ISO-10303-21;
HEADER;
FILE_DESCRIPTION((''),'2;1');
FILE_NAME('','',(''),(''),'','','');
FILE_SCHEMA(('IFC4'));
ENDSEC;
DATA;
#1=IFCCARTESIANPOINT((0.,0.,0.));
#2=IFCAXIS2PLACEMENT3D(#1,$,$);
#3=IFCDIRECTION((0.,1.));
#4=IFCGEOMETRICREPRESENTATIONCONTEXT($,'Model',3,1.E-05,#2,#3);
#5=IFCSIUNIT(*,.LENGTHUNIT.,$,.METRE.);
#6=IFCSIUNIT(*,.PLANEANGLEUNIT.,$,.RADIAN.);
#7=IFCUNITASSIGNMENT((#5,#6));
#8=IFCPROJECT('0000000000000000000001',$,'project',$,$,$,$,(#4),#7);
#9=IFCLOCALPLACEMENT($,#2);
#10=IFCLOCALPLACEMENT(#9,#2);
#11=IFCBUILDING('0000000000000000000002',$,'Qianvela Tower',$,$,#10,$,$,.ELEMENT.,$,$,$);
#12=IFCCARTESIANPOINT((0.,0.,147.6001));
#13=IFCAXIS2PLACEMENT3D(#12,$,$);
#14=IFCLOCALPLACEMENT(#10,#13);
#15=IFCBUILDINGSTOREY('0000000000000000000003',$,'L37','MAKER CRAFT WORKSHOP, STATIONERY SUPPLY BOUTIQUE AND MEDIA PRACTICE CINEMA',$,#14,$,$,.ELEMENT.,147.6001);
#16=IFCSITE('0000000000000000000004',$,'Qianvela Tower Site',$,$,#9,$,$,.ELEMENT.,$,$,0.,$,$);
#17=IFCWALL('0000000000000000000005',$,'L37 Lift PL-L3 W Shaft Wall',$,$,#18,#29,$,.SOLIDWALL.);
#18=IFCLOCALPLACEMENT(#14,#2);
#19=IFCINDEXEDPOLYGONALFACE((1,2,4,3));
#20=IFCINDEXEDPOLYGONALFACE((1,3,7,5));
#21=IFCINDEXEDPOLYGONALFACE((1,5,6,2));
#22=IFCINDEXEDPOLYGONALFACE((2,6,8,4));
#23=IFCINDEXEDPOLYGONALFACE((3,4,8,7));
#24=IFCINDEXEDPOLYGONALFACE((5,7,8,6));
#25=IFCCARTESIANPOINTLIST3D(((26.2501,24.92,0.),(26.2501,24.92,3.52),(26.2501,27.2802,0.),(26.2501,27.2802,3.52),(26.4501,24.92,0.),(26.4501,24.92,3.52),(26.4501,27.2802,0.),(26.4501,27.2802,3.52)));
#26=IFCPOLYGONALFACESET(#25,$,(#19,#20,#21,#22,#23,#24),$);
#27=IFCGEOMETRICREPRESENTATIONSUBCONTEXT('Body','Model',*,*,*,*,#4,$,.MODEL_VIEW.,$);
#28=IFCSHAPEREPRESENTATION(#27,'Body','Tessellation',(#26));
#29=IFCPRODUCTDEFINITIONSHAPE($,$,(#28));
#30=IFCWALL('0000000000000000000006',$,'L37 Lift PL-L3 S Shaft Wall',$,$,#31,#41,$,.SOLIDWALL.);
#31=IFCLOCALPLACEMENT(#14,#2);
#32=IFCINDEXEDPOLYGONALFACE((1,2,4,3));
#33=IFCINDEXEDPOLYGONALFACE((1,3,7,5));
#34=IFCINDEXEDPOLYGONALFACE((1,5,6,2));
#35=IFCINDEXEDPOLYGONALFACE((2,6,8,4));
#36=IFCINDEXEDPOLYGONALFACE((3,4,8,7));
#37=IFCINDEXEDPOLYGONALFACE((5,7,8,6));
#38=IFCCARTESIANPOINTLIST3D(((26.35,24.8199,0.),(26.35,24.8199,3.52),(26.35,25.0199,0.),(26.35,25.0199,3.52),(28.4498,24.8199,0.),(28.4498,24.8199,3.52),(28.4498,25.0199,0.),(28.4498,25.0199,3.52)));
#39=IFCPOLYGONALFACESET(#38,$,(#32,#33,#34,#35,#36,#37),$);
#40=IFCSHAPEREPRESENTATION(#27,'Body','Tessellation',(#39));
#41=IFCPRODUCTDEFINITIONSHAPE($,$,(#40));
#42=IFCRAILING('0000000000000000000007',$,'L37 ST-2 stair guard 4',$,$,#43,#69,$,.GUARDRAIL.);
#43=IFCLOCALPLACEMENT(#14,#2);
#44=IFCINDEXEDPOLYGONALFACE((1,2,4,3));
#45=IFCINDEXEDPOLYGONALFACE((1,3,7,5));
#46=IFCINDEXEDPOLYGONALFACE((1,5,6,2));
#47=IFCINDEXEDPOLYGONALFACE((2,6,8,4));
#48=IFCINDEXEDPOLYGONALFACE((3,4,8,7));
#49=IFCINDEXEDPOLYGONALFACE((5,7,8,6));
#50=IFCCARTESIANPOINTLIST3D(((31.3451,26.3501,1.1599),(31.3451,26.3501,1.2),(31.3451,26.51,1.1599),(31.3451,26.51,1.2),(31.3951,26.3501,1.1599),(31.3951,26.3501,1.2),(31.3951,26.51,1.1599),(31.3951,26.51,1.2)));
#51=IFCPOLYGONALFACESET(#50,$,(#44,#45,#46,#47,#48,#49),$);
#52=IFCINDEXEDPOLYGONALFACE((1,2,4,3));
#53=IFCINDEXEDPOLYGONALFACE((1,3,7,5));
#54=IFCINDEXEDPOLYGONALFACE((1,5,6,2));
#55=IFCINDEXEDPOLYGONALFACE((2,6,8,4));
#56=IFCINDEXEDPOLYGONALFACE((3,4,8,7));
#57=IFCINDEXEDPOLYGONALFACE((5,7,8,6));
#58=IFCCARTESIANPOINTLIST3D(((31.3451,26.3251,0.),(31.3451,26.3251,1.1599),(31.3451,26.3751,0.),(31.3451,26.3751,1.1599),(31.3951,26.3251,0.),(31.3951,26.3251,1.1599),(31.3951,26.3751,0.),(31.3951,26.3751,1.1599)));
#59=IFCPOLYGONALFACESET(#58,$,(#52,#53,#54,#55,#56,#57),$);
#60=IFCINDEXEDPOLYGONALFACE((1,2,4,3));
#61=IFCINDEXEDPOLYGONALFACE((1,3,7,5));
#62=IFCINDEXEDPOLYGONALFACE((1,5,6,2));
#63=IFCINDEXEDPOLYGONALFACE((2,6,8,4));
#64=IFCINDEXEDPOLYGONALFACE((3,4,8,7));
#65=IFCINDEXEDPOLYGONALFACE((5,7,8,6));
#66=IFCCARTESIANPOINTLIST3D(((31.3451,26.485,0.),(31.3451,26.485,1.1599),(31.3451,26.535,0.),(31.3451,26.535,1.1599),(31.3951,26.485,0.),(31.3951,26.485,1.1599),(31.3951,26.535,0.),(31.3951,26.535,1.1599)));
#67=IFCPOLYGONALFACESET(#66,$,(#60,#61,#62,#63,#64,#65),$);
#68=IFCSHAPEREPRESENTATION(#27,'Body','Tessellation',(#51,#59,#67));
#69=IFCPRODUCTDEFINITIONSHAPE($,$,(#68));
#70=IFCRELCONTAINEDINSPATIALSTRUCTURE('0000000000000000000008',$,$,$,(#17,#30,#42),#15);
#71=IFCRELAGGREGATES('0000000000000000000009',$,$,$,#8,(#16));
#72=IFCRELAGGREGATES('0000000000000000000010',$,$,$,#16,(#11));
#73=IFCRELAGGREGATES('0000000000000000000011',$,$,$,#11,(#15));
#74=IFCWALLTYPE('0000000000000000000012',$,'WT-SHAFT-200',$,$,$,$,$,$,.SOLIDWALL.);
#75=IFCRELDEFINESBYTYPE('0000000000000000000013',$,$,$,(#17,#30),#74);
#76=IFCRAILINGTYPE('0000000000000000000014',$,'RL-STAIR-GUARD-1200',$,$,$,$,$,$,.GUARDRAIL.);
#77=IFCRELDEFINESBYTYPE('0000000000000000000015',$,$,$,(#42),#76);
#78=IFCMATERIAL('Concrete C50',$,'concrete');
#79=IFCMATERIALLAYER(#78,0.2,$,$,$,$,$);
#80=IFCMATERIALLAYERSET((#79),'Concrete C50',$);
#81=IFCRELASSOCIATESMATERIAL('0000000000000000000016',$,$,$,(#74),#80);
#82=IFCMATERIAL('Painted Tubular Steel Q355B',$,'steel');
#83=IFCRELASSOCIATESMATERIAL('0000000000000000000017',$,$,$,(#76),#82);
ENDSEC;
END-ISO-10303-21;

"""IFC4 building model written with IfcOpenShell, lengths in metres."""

from ifc_helpers import new_model, si_unit, direction, frame, frame_2d, origin, origin_2d, place, context, subcontext, project, spatial, rectangle, extrude, material, layer, layer_set, type_object, element, save


model = new_model("IFC4")

# Units and contexts
model_context = context("Model", 3, precision=1e-05, world=origin(), true_north=direction((0.0, 1.0)))
body_context = subcontext(model_context, "Body", "Model", "MODEL_VIEW")
ifc_project = project(units=[si_unit("LENGTHUNIT", "METRE"), si_unit("PLANEANGLEUNIT", "RADIAN")], contexts=[model_context])

# Site, building, storey
site_placement = place(None, origin())
site = spatial("IfcSite", under=ifc_project, at=site_placement, Name="Qianvela Tower Site", CompositionType="ELEMENT", RefElevation=0.0)
building_placement = place(site_placement, origin())
building = spatial("IfcBuilding", under=site, at=building_placement, Name="Qianvela Tower", CompositionType="ELEMENT")
storey_placement = place(building_placement, frame((0.0, 0.0, 147.6001)))
storey = spatial("IfcBuildingStorey", under=building, at=storey_placement, Name="L37", Description="MAKER CRAFT WORKSHOP, STATIONERY SUPPLY BOUTIQUE AND MEDIA PRACTICE CINEMA", CompositionType="ELEMENT", Elevation=147.6001)

# Walls
ifc_material_1 = material(Name="Concrete C50", Category="concrete")
ifc_layer_1 = layer(ifc_material_1, 0.2)
ifc_layer_set_1 = layer_set([ifc_layer_1], Name="Concrete C50")
wall_type_1 = type_object("IfcWallType", Name="WT-SHAFT-200", PredefinedType="SOLIDWALL", material=ifc_layer_set_1)
for number, where, z_axis, x_axis, name in (
    (1, (26.3501, 24.9199, 0.0), (0.0, 0.0, 1.0), (0.0, 1.0, 0.0), "L37 Lift PL-L3 W Shaft Wall"),
):
    element("IfcWall", number, at=place(storey_placement, frame(where, z_axis=z_axis, x_axis=x_axis)), inside=storey, type_object=wall_type_1, Name=name, PredefinedType="SOLIDWALL", context=body_context, shape_type="SweptSolid", body=[
        extrude(rectangle(XDim=2.3601, YDim=0.2, at=frame_2d((1.1802, 0.0))), origin(), (0.0, 0.0, 1.0), 3.52),
    ])
wall_1_placement = place(storey_placement, frame((26.3501, 24.9199, 0.0), z_axis=(0.0, 0.0, 1.0), x_axis=(1.0, 0.0, 0.0)))
element("IfcWall", 2, at=wall_1_placement, inside=storey, type_object=wall_type_1, Name="L37 Lift PL-L3 S Shaft Wall", PredefinedType="SOLIDWALL", context=body_context, shape_type="SweptSolid", body=[
    extrude(rectangle(XDim=2.0999, YDim=0.2, at=frame_2d((1.0498, 0.0))), origin(), (0.0, 0.0, 1.0), 3.52),
])

# Railing
ifc_material_2 = material(Name="Painted Tubular Steel Q355B", Category="steel")
railing_type = type_object("IfcRailingType", Name="RL-STAIR-GUARD-1200", PredefinedType="GUARDRAIL", material=ifc_material_2)
railing_placement = place(storey_placement, frame((31.3701, 26.3501, 0.0)))
element("IfcRailing", 3, at=railing_placement, inside=storey, type_object=railing_type, Name="L37 ST-2 stair guard 4", PredefinedType="GUARDRAIL", context=body_context, shape_type="SweptSolid", body=[
    extrude(rectangle(XDim=0.05, YDim=0.04, at=origin_2d()), frame((0.0, 0.0, 1.1799), z_axis=(0.0, 1.0, 0.0), x_axis=(-1.0, 0.0, 0.0)), (0.0, 0.0, 1.0), 0.1599),
    extrude(rectangle(XDim=0.05, YDim=0.05, at=origin_2d()), origin(), (0.0, 0.0, 1.0), 1.1599),
    extrude(rectangle(XDim=0.05, YDim=0.05, at=origin_2d()), frame((0.0, 0.1599, 0.0)), (0.0, 0.0, 1.0), 1.1599),
])

save(model, "model.ifc")
